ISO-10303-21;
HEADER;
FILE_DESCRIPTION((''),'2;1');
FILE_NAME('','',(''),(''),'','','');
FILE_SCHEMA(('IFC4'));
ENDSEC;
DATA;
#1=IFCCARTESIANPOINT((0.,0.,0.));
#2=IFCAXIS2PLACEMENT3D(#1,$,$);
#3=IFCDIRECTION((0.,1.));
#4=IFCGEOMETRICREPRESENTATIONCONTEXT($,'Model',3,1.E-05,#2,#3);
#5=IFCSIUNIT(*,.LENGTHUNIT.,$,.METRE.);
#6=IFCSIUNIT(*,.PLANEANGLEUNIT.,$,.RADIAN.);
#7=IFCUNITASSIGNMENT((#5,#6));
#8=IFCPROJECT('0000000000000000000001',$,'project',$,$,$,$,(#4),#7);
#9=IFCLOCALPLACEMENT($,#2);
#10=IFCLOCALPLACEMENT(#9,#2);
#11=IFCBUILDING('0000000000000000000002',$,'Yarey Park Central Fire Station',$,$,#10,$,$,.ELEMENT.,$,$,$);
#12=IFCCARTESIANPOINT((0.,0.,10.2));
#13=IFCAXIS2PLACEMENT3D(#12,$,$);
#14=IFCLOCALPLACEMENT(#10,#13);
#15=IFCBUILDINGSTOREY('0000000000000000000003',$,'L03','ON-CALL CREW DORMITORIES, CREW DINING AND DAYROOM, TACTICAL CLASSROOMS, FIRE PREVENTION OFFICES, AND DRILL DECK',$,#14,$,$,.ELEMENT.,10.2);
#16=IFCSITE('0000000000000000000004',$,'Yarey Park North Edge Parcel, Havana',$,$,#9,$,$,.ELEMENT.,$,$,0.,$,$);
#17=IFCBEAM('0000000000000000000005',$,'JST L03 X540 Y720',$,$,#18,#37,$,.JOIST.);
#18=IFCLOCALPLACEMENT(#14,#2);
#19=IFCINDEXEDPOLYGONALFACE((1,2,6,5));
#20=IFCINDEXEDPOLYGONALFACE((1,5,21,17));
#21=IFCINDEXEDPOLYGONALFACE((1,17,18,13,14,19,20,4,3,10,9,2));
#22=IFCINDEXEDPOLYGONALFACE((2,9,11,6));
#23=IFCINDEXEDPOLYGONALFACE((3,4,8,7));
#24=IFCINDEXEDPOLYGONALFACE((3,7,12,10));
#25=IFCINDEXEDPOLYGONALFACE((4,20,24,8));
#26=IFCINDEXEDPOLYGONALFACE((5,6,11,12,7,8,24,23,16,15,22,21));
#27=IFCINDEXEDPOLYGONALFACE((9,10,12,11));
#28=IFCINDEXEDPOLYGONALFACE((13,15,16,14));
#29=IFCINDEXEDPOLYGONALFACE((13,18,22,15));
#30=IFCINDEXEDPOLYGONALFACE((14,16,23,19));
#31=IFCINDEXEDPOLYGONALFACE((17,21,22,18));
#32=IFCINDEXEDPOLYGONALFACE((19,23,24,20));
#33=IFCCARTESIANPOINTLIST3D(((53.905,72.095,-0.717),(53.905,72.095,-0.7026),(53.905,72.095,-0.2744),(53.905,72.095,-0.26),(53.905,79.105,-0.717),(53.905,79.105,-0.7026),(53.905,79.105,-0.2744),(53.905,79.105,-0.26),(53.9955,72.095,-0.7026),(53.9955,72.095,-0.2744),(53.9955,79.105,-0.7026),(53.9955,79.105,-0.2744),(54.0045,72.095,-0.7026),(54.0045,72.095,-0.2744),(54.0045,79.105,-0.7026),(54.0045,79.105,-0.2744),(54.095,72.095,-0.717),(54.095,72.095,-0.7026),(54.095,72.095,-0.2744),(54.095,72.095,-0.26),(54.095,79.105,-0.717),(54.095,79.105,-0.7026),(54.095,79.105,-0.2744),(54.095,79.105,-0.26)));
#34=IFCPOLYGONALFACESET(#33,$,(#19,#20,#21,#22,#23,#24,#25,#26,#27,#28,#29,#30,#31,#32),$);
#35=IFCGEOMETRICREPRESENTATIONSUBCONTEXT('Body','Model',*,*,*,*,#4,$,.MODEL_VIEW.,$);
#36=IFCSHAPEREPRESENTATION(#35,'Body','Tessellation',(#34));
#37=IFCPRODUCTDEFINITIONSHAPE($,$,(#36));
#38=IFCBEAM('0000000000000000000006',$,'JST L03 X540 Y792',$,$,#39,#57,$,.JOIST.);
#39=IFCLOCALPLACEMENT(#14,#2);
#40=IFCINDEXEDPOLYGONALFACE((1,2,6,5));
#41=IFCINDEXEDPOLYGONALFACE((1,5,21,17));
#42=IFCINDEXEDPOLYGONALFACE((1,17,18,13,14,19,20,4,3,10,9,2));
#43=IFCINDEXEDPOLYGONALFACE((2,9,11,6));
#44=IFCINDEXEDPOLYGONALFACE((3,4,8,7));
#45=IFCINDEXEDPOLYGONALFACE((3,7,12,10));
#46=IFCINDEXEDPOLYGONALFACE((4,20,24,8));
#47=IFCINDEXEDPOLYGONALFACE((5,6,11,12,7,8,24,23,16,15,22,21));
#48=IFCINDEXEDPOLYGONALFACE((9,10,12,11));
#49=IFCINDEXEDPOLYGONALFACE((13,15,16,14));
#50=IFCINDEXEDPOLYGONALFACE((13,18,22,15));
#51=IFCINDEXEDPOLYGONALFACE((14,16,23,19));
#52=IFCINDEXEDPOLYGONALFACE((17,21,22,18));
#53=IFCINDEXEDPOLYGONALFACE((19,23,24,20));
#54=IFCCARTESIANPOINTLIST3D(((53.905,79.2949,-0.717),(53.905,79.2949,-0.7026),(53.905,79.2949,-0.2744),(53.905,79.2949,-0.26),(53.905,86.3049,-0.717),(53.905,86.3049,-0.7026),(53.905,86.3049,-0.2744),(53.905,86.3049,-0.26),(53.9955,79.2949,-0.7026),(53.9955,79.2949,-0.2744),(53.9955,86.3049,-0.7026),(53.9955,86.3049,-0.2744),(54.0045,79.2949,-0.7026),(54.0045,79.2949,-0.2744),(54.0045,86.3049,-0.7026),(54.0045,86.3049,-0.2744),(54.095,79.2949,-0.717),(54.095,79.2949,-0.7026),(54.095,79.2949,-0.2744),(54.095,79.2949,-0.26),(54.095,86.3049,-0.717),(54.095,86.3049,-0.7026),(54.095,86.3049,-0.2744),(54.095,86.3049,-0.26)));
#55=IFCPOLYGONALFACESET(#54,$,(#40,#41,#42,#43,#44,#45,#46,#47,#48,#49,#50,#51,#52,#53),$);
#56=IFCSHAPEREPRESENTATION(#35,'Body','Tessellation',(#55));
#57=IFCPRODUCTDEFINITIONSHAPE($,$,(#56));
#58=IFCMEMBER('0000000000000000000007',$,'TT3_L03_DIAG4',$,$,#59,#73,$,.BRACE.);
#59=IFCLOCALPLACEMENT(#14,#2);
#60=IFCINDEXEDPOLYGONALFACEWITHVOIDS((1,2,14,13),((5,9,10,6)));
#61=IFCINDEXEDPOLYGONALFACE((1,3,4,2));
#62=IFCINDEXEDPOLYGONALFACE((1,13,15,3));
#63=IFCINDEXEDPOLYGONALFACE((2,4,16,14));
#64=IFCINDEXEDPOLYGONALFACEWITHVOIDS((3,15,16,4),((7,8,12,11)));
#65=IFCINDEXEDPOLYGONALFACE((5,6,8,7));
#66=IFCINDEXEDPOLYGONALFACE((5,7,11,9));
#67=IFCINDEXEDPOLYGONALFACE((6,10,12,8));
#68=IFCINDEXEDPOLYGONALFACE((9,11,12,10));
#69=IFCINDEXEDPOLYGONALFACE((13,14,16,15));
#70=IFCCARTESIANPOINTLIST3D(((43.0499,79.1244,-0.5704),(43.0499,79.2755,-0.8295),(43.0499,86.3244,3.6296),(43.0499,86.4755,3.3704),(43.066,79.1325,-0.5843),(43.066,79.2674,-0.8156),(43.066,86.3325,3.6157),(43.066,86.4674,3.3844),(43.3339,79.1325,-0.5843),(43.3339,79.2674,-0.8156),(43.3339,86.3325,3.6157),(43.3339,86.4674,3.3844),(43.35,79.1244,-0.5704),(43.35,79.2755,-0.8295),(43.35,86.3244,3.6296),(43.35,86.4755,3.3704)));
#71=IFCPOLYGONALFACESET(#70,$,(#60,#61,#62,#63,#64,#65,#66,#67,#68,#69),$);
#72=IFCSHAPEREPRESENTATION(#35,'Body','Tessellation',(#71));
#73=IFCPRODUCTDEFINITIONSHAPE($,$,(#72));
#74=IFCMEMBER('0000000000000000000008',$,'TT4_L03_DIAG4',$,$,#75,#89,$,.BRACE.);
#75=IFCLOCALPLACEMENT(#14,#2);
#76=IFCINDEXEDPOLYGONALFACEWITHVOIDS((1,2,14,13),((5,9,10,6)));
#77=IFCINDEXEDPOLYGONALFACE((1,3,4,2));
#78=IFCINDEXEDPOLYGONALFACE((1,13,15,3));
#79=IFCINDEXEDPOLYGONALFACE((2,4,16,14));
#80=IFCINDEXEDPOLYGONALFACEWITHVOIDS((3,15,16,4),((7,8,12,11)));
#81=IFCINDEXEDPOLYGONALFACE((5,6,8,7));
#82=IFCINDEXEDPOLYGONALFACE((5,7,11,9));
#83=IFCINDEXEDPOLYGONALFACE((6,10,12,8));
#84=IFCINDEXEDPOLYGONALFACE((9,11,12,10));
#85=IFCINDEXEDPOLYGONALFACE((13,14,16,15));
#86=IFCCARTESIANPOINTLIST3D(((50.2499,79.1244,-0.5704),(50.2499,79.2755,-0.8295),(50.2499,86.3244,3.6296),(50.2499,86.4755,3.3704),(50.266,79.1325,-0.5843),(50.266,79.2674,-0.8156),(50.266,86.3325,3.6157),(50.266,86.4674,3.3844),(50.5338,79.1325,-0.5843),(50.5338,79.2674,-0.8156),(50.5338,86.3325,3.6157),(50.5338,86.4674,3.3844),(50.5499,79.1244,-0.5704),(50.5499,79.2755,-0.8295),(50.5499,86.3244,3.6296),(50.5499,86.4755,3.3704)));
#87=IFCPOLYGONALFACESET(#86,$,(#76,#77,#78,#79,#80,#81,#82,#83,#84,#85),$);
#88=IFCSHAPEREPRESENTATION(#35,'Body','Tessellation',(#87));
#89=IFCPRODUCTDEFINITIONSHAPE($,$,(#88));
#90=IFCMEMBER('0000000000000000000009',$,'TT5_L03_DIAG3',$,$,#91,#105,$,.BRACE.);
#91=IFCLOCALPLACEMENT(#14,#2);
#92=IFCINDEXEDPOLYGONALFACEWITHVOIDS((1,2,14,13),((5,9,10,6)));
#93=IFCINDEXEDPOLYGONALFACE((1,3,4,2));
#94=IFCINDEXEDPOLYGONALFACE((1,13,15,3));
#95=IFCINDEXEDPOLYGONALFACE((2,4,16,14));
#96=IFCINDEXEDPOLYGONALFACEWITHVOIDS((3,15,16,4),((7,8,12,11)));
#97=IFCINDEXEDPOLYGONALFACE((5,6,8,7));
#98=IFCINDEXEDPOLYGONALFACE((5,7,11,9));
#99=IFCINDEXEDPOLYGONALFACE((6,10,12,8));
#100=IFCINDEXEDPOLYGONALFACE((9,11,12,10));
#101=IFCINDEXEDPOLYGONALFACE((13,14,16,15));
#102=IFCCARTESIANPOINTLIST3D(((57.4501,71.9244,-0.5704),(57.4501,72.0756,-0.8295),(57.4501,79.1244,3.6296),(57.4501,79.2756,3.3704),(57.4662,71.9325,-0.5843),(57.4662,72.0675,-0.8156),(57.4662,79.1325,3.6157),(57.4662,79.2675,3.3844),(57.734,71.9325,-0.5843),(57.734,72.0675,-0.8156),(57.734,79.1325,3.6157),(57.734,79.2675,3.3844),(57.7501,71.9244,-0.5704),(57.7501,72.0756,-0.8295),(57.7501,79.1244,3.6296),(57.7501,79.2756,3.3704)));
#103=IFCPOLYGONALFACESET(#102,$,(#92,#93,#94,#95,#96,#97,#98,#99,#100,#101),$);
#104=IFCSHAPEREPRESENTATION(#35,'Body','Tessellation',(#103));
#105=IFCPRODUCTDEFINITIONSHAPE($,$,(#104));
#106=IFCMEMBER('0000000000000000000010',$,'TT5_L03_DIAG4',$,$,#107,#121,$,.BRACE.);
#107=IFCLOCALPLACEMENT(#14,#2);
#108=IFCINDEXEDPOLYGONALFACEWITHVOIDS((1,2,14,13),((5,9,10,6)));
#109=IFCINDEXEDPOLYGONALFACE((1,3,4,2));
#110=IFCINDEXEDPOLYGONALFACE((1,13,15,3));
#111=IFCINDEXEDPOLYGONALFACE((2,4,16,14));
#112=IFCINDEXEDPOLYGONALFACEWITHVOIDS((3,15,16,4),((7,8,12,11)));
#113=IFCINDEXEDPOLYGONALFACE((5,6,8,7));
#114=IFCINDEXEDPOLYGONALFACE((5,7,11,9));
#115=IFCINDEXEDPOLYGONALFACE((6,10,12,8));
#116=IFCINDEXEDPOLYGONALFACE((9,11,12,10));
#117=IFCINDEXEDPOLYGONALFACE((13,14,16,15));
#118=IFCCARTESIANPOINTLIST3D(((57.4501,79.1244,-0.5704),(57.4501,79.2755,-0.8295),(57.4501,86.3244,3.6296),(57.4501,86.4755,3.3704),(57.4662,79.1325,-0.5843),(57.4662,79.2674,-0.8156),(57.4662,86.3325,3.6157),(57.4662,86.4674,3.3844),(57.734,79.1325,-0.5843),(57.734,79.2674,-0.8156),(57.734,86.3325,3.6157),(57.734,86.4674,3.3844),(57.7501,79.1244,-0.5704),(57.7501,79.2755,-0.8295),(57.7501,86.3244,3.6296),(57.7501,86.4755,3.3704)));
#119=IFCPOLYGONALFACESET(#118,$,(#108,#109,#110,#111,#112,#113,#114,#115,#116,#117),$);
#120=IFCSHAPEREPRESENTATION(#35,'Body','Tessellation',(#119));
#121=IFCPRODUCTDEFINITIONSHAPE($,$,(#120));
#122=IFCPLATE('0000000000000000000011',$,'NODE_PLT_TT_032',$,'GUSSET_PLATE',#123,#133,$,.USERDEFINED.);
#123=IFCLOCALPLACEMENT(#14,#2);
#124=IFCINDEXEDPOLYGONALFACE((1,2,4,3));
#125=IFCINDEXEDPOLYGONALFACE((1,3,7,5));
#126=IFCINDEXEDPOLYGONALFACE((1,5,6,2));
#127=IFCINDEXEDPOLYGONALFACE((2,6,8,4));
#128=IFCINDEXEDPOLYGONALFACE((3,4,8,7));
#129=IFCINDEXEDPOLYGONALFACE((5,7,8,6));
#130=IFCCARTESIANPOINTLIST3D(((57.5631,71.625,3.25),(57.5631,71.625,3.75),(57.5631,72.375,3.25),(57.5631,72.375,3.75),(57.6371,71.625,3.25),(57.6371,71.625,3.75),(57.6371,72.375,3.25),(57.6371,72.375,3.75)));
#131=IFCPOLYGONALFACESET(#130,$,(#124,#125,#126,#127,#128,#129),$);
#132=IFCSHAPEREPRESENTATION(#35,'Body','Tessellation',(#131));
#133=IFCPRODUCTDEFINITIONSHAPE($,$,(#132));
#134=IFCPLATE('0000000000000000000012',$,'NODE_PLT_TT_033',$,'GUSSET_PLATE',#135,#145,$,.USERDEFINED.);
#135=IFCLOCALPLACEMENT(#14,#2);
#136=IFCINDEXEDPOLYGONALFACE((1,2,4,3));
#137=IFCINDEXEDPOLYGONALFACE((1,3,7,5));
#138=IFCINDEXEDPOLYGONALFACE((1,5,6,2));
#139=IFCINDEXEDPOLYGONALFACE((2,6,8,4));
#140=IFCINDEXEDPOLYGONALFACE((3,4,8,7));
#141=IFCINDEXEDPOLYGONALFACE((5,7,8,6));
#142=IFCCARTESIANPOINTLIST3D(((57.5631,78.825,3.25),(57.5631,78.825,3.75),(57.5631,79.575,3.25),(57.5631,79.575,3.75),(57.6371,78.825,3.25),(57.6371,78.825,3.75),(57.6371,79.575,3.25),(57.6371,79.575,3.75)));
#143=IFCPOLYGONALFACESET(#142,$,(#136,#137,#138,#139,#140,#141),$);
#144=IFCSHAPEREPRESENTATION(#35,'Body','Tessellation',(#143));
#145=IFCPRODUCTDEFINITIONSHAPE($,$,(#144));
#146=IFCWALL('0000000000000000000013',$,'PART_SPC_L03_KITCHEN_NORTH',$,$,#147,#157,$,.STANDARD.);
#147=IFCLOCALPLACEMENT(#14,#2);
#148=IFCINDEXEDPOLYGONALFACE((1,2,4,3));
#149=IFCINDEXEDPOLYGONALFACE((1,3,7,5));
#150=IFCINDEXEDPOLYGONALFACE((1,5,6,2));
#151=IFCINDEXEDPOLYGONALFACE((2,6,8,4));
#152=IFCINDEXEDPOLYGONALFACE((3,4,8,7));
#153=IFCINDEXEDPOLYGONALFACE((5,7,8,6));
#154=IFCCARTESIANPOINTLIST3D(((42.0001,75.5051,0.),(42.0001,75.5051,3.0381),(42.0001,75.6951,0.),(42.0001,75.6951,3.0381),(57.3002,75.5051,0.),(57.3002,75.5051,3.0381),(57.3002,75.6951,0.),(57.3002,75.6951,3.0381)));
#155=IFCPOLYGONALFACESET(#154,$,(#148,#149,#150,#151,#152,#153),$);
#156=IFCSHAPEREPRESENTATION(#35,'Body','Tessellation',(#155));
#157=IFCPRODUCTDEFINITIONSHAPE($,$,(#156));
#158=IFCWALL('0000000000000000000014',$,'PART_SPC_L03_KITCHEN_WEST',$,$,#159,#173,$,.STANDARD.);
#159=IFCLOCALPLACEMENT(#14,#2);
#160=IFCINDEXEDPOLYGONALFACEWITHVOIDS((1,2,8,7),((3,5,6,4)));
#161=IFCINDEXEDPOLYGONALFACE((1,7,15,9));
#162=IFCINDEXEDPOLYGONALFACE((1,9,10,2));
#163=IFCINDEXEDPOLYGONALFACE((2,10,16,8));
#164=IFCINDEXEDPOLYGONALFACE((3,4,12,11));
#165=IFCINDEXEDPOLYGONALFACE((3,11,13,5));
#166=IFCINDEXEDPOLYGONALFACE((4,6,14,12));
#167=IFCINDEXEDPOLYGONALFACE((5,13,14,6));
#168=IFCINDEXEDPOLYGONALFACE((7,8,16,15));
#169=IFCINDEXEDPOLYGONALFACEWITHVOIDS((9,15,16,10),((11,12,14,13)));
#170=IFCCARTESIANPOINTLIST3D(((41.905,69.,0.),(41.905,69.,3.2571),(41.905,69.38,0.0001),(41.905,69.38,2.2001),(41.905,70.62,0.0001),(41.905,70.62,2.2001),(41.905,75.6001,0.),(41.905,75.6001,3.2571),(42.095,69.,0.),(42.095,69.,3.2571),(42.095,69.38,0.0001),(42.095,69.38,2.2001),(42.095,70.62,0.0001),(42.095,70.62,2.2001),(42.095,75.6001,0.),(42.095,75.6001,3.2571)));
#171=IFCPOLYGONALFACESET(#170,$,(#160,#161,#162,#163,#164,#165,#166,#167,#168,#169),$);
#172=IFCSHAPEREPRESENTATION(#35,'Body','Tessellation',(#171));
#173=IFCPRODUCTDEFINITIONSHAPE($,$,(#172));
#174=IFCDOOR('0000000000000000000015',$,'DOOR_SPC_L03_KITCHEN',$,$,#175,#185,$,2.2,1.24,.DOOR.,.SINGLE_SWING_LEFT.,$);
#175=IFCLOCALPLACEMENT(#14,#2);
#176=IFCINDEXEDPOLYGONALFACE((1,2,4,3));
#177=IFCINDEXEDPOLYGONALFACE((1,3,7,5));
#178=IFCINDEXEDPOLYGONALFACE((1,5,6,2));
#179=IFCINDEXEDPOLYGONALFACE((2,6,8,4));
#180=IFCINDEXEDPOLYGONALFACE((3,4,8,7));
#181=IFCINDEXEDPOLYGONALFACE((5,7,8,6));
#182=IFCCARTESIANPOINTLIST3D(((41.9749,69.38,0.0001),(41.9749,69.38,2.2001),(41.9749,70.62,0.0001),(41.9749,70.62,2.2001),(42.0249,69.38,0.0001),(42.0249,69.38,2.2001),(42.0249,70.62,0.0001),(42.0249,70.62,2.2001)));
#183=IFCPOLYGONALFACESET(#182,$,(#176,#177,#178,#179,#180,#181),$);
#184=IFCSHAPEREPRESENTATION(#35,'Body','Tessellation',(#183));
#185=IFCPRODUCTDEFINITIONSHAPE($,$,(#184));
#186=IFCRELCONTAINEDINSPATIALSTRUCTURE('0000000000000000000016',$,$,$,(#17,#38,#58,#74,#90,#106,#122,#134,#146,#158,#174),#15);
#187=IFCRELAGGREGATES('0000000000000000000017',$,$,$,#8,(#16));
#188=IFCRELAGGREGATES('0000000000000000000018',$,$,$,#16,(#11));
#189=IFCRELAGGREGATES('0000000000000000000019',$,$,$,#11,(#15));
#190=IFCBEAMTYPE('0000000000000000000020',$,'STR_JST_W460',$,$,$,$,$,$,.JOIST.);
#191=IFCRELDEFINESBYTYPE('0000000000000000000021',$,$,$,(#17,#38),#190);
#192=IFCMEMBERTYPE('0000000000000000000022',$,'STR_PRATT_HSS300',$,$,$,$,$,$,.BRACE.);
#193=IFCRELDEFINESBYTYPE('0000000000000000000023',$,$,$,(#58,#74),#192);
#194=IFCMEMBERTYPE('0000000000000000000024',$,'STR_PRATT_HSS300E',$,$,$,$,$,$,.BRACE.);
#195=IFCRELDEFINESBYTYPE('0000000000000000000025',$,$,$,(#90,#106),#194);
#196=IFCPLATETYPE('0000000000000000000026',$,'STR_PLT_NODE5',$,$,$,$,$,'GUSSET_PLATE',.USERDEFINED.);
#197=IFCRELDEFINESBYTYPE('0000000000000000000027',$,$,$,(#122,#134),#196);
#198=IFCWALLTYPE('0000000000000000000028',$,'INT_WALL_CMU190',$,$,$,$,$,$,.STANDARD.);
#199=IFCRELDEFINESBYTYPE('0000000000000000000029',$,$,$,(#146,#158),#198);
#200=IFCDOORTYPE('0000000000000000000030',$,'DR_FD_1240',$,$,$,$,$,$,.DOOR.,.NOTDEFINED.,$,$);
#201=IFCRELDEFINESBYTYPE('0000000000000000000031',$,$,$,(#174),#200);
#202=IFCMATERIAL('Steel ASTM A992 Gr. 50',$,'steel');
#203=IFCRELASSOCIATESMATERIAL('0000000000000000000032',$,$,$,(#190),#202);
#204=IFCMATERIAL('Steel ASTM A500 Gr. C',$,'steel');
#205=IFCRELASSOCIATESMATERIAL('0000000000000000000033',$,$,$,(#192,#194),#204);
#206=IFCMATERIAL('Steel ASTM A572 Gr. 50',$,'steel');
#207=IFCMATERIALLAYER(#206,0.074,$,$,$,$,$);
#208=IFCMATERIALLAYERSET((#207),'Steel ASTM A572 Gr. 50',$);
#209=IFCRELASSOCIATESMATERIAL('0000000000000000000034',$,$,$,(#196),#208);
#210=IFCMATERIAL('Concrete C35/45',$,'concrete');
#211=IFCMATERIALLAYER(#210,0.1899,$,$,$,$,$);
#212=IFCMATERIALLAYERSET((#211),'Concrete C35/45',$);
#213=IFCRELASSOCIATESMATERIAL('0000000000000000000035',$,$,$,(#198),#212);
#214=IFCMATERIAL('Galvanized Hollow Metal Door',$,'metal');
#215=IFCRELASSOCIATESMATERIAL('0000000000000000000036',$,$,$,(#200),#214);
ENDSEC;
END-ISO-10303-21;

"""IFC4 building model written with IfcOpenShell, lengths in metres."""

from ifc_helpers import new_model, si_unit, direction, frame, frame_2d, origin, origin_2d, place, context, subcontext, project, spatial, rectangle, hollow_rectangle, i_section, extrude, material, layer, layer_set, material_profile, profile_set, type_object, element, fill, save


model = new_model("IFC4")

# Units and contexts
model_context = context("Model", 3, precision=1e-05, world=origin(), true_north=direction((0.0, 1.0)))
body_context = subcontext(model_context, "Body", "Model", "MODEL_VIEW")
ifc_project = project(units=[si_unit("LENGTHUNIT", "METRE"), si_unit("PLANEANGLEUNIT", "RADIAN")], contexts=[model_context])

# Site, building, storey
site_placement = place(None, origin())
site = spatial("IfcSite", under=ifc_project, at=site_placement, Name="Yarey Park North Edge Parcel, Havana", CompositionType="ELEMENT", RefElevation=0.0)
building_placement = place(site_placement, origin())
building = spatial("IfcBuilding", under=site, at=building_placement, Name="Yarey Park Central Fire Station", CompositionType="ELEMENT")
storey_placement = place(building_placement, frame((0.0, 0.0, 10.2)))
storey = spatial("IfcBuildingStorey", under=building, at=storey_placement, Name="L03", Description="ON-CALL CREW DORMITORIES, CREW DINING AND DAYROOM, TACTICAL CLASSROOMS, FIRE PREVENTION OFFICES, AND DRILL DECK", CompositionType="ELEMENT", Elevation=10.2)

# Shared definitions
ifc_material_1 = material(Name="Steel ASTM A992 Gr. 50", Category="steel")

# Shared definitions
ifc_material_2 = material(Name="Steel ASTM A500 Gr. C", Category="steel")

# Beams
ifc_material_profile_1 = material_profile(ifc_material_1, i_section(OverallWidth=0.1899, OverallDepth=0.457, WebThickness=0.009, FlangeThickness=0.0144, at=origin_2d()), Name="W460x74")
ifc_profile_set_1 = profile_set([ifc_material_profile_1], Name="Steel ASTM A992 Gr. 50")
beam_type_1 = type_object("IfcBeamType", Name="STR_JST_W460", PredefinedType="JOIST", material=ifc_profile_set_1)
for number, where, z_axis, x_axis, name in (
    (1, (54.0, 72.095, -0.4885), (0.0, 1.0, 0.0), (-1.0, 0.0, 0.0), "JST L03 X540 Y720"),
    (2, (54.0, 79.2949, -0.4885), (0.0, 1.0, 0.0), (-1.0, 0.0, 0.0), "JST L03 X540 Y792"),
):
    element("IfcBeam", number, at=place(storey_placement, frame(where, z_axis=z_axis, x_axis=x_axis)), inside=storey, type_object=beam_type_1, Name=name, PredefinedType="JOIST", context=body_context, shape_type="SweptSolid", body=[
        extrude(i_section(OverallWidth=0.1899, OverallDepth=0.457, WebThickness=0.009, FlangeThickness=0.0144, at=origin_2d()), origin(), (0.0, 0.0, 1.0), 7.01),
    ])

# Members
ifc_material_profile_2 = material_profile(ifc_material_2, hollow_rectangle(XDim=0.3, YDim=0.3, WallThickness=0.0161, at=origin_2d()), Name="HSS 300x300x16")
ifc_profile_set_2 = profile_set([ifc_material_profile_2], Name="Steel ASTM A500 Gr. C")
member_type_1 = type_object("IfcMemberType", Name="STR_PRATT_HSS300", PredefinedType="BRACE", material=ifc_profile_set_2)
for number, where, z_axis, x_axis, name in (
    (3, (43.2, 79.2, -0.7), (0.0, 0.86378, 0.503869), (-1.0, 0.0, 0.0), "TT3_L03_DIAG4"),
    (4, (50.3999, 79.2, -0.7), (0.0, 0.86378, 0.503869), (-1.0, 0.0, 0.0), "TT4_L03_DIAG4"),
):
    element("IfcMember", number, at=place(storey_placement, frame(where, z_axis=z_axis, x_axis=x_axis)), inside=storey, type_object=member_type_1, Name=name, PredefinedType="BRACE", context=body_context, shape_type="SweptSolid", body=[
        extrude(hollow_rectangle(XDim=0.3, YDim=0.3, WallThickness=0.0161, at=origin_2d()), origin(), (0.0, 0.0, 1.0), 8.3354),
    ])
ifc_material_profile_3 = material_profile(ifc_material_2, hollow_rectangle(XDim=0.3, YDim=0.3, WallThickness=0.0161, at=origin_2d()), Name="HSS 300x300x16")
ifc_profile_set_3 = profile_set([ifc_material_profile_3], Name="Steel ASTM A500 Gr. C")
member_type_2 = type_object("IfcMemberType", Name="STR_PRATT_HSS300E", PredefinedType="BRACE", material=ifc_profile_set_3)
for number, where, z_axis, x_axis, name in (
    (5, (57.6001, 72.0, -0.7), (0.0, 0.86378, 0.503869), (-1.0, 0.0, 0.0), "TT5_L03_DIAG3"),
    (6, (57.6001, 79.2, -0.7), (0.0, 0.86378, 0.503869), (-1.0, 0.0, 0.0), "TT5_L03_DIAG4"),
):
    element("IfcMember", number, at=place(storey_placement, frame(where, z_axis=z_axis, x_axis=x_axis)), inside=storey, type_object=member_type_2, Name=name, PredefinedType="BRACE", context=body_context, shape_type="SweptSolid", body=[
        extrude(hollow_rectangle(XDim=0.3, YDim=0.3, WallThickness=0.0161, at=origin_2d()), origin(), (0.0, 0.0, 1.0), 8.3354),
    ])

# Plates
ifc_material_3 = material(Name="Steel ASTM A572 Gr. 50", Category="steel")
ifc_layer_1 = layer(ifc_material_3, 0.074)
ifc_layer_set_1 = layer_set([ifc_layer_1], Name="Steel ASTM A572 Gr. 50")
plate_type = type_object("IfcPlateType", Name="STR_PLT_NODE5", ElementType="GUSSET_PLATE", PredefinedType="USERDEFINED", material=ifc_layer_set_1)
for number, where, z_axis, x_axis, name in (
    (7, (57.6001, 72.0, 3.25), (0.0, 0.0, 1.0), (1.0, 0.0, 0.0), "NODE_PLT_TT_032"),
    (8, (57.6001, 79.2, 3.25), (0.0, 0.0, 1.0), (1.0, 0.0, 0.0), "NODE_PLT_TT_033"),
):
    element("IfcPlate", number, at=place(storey_placement, frame(where, z_axis=z_axis, x_axis=x_axis)), inside=storey, type_object=plate_type, Name=name, ObjectType="GUSSET_PLATE", PredefinedType="USERDEFINED", context=body_context, shape_type="SweptSolid", body=[
        extrude(rectangle(XDim=0.074, YDim=0.75, at=origin_2d()), origin(), (0.0, 0.0, 1.0), 0.5),
    ])

# Wall
ifc_material_4 = material(Name="Concrete C35/45", Category="concrete")
ifc_layer_2 = layer(ifc_material_4, 0.1899)
ifc_layer_set_2 = layer_set([ifc_layer_2], Name="Concrete C35/45")
wall_type = type_object("IfcWallType", Name="INT_WALL_CMU190", PredefinedType="STANDARD", material=ifc_layer_set_2)
wall_1_placement = place(storey_placement, frame((57.3, 75.6001, 0.0), z_axis=(0.0, 0.0, 1.0), x_axis=(-1.0, 0.0, 0.0)))
element("IfcWall", 9, at=wall_1_placement, inside=storey, type_object=wall_type, Name="PART_SPC_L03_KITCHEN_NORTH", PredefinedType="STANDARD", context=body_context, shape_type="SweptSolid", body=[
    extrude(rectangle(XDim=15.3, YDim=0.1899, at=frame_2d((7.6499, 0.0))), origin(), (0.0, 0.0, 1.0), 3.0381),
])

# Wall, opening, door
wall_2_placement = place(storey_placement, frame((42.0, 75.6001, 0.0), z_axis=(0.0, 0.0, 1.0), x_axis=(0.0, -1.0, 0.0)))
wall_2 = element("IfcWall", 10, at=wall_2_placement, inside=storey, type_object=wall_type, Name="PART_SPC_L03_KITCHEN_WEST", PredefinedType="STANDARD", context=body_context, shape_type="SweptSolid", body=[
    extrude(rectangle(XDim=6.6001, YDim=0.1899, at=frame_2d((3.3, 0.0))), origin(), (0.0, 0.0, 1.0), 3.2571),
])
opening_placement = place(wall_2_placement, frame((4.98, 0.0, 0.0)))
opening = element("IfcOpeningElement", 11, at=opening_placement, cuts=wall_2, PredefinedType="OPENING", context=body_context, shape_type="SweptSolid", body=[
    extrude(rectangle(XDim=1.24, YDim=2.2, at=frame_2d((0.6201, 1.1001))), frame((0.0, 0.105, 0.0), z_axis=(0.0, -1.0, 0.0), x_axis=(1.0, 0.0, 0.0)), (0.0, 0.0, 1.0), 0.21),
])
ifc_material_5 = material(Name="Galvanized Hollow Metal Door", Category="metal")
door_type = type_object("IfcDoorType", Name="DR_FD_1240", OperationType="NOTDEFINED", PredefinedType="DOOR", material=ifc_material_5)
door_placement = place(opening_placement, origin())
door = element("IfcDoor", 12, at=door_placement, inside=storey, type_object=door_type, Name="DOOR_SPC_L03_KITCHEN", OperationType="SINGLE_SWING_LEFT", OverallHeight=2.2, OverallWidth=1.24, PredefinedType="DOOR", context=body_context, shape_type="SweptSolid", body=[
    extrude(rectangle(XDim=1.24, YDim=2.2, at=frame_2d((0.6201, 1.1001))), frame((0.0, 0.0249, 0.0), z_axis=(0.0, -1.0, 0.0), x_axis=(1.0, 0.0, 0.0)), (0.0, 0.0, 1.0), 0.05),
])
fill(opening, door)

save(model, "model.ifc")
